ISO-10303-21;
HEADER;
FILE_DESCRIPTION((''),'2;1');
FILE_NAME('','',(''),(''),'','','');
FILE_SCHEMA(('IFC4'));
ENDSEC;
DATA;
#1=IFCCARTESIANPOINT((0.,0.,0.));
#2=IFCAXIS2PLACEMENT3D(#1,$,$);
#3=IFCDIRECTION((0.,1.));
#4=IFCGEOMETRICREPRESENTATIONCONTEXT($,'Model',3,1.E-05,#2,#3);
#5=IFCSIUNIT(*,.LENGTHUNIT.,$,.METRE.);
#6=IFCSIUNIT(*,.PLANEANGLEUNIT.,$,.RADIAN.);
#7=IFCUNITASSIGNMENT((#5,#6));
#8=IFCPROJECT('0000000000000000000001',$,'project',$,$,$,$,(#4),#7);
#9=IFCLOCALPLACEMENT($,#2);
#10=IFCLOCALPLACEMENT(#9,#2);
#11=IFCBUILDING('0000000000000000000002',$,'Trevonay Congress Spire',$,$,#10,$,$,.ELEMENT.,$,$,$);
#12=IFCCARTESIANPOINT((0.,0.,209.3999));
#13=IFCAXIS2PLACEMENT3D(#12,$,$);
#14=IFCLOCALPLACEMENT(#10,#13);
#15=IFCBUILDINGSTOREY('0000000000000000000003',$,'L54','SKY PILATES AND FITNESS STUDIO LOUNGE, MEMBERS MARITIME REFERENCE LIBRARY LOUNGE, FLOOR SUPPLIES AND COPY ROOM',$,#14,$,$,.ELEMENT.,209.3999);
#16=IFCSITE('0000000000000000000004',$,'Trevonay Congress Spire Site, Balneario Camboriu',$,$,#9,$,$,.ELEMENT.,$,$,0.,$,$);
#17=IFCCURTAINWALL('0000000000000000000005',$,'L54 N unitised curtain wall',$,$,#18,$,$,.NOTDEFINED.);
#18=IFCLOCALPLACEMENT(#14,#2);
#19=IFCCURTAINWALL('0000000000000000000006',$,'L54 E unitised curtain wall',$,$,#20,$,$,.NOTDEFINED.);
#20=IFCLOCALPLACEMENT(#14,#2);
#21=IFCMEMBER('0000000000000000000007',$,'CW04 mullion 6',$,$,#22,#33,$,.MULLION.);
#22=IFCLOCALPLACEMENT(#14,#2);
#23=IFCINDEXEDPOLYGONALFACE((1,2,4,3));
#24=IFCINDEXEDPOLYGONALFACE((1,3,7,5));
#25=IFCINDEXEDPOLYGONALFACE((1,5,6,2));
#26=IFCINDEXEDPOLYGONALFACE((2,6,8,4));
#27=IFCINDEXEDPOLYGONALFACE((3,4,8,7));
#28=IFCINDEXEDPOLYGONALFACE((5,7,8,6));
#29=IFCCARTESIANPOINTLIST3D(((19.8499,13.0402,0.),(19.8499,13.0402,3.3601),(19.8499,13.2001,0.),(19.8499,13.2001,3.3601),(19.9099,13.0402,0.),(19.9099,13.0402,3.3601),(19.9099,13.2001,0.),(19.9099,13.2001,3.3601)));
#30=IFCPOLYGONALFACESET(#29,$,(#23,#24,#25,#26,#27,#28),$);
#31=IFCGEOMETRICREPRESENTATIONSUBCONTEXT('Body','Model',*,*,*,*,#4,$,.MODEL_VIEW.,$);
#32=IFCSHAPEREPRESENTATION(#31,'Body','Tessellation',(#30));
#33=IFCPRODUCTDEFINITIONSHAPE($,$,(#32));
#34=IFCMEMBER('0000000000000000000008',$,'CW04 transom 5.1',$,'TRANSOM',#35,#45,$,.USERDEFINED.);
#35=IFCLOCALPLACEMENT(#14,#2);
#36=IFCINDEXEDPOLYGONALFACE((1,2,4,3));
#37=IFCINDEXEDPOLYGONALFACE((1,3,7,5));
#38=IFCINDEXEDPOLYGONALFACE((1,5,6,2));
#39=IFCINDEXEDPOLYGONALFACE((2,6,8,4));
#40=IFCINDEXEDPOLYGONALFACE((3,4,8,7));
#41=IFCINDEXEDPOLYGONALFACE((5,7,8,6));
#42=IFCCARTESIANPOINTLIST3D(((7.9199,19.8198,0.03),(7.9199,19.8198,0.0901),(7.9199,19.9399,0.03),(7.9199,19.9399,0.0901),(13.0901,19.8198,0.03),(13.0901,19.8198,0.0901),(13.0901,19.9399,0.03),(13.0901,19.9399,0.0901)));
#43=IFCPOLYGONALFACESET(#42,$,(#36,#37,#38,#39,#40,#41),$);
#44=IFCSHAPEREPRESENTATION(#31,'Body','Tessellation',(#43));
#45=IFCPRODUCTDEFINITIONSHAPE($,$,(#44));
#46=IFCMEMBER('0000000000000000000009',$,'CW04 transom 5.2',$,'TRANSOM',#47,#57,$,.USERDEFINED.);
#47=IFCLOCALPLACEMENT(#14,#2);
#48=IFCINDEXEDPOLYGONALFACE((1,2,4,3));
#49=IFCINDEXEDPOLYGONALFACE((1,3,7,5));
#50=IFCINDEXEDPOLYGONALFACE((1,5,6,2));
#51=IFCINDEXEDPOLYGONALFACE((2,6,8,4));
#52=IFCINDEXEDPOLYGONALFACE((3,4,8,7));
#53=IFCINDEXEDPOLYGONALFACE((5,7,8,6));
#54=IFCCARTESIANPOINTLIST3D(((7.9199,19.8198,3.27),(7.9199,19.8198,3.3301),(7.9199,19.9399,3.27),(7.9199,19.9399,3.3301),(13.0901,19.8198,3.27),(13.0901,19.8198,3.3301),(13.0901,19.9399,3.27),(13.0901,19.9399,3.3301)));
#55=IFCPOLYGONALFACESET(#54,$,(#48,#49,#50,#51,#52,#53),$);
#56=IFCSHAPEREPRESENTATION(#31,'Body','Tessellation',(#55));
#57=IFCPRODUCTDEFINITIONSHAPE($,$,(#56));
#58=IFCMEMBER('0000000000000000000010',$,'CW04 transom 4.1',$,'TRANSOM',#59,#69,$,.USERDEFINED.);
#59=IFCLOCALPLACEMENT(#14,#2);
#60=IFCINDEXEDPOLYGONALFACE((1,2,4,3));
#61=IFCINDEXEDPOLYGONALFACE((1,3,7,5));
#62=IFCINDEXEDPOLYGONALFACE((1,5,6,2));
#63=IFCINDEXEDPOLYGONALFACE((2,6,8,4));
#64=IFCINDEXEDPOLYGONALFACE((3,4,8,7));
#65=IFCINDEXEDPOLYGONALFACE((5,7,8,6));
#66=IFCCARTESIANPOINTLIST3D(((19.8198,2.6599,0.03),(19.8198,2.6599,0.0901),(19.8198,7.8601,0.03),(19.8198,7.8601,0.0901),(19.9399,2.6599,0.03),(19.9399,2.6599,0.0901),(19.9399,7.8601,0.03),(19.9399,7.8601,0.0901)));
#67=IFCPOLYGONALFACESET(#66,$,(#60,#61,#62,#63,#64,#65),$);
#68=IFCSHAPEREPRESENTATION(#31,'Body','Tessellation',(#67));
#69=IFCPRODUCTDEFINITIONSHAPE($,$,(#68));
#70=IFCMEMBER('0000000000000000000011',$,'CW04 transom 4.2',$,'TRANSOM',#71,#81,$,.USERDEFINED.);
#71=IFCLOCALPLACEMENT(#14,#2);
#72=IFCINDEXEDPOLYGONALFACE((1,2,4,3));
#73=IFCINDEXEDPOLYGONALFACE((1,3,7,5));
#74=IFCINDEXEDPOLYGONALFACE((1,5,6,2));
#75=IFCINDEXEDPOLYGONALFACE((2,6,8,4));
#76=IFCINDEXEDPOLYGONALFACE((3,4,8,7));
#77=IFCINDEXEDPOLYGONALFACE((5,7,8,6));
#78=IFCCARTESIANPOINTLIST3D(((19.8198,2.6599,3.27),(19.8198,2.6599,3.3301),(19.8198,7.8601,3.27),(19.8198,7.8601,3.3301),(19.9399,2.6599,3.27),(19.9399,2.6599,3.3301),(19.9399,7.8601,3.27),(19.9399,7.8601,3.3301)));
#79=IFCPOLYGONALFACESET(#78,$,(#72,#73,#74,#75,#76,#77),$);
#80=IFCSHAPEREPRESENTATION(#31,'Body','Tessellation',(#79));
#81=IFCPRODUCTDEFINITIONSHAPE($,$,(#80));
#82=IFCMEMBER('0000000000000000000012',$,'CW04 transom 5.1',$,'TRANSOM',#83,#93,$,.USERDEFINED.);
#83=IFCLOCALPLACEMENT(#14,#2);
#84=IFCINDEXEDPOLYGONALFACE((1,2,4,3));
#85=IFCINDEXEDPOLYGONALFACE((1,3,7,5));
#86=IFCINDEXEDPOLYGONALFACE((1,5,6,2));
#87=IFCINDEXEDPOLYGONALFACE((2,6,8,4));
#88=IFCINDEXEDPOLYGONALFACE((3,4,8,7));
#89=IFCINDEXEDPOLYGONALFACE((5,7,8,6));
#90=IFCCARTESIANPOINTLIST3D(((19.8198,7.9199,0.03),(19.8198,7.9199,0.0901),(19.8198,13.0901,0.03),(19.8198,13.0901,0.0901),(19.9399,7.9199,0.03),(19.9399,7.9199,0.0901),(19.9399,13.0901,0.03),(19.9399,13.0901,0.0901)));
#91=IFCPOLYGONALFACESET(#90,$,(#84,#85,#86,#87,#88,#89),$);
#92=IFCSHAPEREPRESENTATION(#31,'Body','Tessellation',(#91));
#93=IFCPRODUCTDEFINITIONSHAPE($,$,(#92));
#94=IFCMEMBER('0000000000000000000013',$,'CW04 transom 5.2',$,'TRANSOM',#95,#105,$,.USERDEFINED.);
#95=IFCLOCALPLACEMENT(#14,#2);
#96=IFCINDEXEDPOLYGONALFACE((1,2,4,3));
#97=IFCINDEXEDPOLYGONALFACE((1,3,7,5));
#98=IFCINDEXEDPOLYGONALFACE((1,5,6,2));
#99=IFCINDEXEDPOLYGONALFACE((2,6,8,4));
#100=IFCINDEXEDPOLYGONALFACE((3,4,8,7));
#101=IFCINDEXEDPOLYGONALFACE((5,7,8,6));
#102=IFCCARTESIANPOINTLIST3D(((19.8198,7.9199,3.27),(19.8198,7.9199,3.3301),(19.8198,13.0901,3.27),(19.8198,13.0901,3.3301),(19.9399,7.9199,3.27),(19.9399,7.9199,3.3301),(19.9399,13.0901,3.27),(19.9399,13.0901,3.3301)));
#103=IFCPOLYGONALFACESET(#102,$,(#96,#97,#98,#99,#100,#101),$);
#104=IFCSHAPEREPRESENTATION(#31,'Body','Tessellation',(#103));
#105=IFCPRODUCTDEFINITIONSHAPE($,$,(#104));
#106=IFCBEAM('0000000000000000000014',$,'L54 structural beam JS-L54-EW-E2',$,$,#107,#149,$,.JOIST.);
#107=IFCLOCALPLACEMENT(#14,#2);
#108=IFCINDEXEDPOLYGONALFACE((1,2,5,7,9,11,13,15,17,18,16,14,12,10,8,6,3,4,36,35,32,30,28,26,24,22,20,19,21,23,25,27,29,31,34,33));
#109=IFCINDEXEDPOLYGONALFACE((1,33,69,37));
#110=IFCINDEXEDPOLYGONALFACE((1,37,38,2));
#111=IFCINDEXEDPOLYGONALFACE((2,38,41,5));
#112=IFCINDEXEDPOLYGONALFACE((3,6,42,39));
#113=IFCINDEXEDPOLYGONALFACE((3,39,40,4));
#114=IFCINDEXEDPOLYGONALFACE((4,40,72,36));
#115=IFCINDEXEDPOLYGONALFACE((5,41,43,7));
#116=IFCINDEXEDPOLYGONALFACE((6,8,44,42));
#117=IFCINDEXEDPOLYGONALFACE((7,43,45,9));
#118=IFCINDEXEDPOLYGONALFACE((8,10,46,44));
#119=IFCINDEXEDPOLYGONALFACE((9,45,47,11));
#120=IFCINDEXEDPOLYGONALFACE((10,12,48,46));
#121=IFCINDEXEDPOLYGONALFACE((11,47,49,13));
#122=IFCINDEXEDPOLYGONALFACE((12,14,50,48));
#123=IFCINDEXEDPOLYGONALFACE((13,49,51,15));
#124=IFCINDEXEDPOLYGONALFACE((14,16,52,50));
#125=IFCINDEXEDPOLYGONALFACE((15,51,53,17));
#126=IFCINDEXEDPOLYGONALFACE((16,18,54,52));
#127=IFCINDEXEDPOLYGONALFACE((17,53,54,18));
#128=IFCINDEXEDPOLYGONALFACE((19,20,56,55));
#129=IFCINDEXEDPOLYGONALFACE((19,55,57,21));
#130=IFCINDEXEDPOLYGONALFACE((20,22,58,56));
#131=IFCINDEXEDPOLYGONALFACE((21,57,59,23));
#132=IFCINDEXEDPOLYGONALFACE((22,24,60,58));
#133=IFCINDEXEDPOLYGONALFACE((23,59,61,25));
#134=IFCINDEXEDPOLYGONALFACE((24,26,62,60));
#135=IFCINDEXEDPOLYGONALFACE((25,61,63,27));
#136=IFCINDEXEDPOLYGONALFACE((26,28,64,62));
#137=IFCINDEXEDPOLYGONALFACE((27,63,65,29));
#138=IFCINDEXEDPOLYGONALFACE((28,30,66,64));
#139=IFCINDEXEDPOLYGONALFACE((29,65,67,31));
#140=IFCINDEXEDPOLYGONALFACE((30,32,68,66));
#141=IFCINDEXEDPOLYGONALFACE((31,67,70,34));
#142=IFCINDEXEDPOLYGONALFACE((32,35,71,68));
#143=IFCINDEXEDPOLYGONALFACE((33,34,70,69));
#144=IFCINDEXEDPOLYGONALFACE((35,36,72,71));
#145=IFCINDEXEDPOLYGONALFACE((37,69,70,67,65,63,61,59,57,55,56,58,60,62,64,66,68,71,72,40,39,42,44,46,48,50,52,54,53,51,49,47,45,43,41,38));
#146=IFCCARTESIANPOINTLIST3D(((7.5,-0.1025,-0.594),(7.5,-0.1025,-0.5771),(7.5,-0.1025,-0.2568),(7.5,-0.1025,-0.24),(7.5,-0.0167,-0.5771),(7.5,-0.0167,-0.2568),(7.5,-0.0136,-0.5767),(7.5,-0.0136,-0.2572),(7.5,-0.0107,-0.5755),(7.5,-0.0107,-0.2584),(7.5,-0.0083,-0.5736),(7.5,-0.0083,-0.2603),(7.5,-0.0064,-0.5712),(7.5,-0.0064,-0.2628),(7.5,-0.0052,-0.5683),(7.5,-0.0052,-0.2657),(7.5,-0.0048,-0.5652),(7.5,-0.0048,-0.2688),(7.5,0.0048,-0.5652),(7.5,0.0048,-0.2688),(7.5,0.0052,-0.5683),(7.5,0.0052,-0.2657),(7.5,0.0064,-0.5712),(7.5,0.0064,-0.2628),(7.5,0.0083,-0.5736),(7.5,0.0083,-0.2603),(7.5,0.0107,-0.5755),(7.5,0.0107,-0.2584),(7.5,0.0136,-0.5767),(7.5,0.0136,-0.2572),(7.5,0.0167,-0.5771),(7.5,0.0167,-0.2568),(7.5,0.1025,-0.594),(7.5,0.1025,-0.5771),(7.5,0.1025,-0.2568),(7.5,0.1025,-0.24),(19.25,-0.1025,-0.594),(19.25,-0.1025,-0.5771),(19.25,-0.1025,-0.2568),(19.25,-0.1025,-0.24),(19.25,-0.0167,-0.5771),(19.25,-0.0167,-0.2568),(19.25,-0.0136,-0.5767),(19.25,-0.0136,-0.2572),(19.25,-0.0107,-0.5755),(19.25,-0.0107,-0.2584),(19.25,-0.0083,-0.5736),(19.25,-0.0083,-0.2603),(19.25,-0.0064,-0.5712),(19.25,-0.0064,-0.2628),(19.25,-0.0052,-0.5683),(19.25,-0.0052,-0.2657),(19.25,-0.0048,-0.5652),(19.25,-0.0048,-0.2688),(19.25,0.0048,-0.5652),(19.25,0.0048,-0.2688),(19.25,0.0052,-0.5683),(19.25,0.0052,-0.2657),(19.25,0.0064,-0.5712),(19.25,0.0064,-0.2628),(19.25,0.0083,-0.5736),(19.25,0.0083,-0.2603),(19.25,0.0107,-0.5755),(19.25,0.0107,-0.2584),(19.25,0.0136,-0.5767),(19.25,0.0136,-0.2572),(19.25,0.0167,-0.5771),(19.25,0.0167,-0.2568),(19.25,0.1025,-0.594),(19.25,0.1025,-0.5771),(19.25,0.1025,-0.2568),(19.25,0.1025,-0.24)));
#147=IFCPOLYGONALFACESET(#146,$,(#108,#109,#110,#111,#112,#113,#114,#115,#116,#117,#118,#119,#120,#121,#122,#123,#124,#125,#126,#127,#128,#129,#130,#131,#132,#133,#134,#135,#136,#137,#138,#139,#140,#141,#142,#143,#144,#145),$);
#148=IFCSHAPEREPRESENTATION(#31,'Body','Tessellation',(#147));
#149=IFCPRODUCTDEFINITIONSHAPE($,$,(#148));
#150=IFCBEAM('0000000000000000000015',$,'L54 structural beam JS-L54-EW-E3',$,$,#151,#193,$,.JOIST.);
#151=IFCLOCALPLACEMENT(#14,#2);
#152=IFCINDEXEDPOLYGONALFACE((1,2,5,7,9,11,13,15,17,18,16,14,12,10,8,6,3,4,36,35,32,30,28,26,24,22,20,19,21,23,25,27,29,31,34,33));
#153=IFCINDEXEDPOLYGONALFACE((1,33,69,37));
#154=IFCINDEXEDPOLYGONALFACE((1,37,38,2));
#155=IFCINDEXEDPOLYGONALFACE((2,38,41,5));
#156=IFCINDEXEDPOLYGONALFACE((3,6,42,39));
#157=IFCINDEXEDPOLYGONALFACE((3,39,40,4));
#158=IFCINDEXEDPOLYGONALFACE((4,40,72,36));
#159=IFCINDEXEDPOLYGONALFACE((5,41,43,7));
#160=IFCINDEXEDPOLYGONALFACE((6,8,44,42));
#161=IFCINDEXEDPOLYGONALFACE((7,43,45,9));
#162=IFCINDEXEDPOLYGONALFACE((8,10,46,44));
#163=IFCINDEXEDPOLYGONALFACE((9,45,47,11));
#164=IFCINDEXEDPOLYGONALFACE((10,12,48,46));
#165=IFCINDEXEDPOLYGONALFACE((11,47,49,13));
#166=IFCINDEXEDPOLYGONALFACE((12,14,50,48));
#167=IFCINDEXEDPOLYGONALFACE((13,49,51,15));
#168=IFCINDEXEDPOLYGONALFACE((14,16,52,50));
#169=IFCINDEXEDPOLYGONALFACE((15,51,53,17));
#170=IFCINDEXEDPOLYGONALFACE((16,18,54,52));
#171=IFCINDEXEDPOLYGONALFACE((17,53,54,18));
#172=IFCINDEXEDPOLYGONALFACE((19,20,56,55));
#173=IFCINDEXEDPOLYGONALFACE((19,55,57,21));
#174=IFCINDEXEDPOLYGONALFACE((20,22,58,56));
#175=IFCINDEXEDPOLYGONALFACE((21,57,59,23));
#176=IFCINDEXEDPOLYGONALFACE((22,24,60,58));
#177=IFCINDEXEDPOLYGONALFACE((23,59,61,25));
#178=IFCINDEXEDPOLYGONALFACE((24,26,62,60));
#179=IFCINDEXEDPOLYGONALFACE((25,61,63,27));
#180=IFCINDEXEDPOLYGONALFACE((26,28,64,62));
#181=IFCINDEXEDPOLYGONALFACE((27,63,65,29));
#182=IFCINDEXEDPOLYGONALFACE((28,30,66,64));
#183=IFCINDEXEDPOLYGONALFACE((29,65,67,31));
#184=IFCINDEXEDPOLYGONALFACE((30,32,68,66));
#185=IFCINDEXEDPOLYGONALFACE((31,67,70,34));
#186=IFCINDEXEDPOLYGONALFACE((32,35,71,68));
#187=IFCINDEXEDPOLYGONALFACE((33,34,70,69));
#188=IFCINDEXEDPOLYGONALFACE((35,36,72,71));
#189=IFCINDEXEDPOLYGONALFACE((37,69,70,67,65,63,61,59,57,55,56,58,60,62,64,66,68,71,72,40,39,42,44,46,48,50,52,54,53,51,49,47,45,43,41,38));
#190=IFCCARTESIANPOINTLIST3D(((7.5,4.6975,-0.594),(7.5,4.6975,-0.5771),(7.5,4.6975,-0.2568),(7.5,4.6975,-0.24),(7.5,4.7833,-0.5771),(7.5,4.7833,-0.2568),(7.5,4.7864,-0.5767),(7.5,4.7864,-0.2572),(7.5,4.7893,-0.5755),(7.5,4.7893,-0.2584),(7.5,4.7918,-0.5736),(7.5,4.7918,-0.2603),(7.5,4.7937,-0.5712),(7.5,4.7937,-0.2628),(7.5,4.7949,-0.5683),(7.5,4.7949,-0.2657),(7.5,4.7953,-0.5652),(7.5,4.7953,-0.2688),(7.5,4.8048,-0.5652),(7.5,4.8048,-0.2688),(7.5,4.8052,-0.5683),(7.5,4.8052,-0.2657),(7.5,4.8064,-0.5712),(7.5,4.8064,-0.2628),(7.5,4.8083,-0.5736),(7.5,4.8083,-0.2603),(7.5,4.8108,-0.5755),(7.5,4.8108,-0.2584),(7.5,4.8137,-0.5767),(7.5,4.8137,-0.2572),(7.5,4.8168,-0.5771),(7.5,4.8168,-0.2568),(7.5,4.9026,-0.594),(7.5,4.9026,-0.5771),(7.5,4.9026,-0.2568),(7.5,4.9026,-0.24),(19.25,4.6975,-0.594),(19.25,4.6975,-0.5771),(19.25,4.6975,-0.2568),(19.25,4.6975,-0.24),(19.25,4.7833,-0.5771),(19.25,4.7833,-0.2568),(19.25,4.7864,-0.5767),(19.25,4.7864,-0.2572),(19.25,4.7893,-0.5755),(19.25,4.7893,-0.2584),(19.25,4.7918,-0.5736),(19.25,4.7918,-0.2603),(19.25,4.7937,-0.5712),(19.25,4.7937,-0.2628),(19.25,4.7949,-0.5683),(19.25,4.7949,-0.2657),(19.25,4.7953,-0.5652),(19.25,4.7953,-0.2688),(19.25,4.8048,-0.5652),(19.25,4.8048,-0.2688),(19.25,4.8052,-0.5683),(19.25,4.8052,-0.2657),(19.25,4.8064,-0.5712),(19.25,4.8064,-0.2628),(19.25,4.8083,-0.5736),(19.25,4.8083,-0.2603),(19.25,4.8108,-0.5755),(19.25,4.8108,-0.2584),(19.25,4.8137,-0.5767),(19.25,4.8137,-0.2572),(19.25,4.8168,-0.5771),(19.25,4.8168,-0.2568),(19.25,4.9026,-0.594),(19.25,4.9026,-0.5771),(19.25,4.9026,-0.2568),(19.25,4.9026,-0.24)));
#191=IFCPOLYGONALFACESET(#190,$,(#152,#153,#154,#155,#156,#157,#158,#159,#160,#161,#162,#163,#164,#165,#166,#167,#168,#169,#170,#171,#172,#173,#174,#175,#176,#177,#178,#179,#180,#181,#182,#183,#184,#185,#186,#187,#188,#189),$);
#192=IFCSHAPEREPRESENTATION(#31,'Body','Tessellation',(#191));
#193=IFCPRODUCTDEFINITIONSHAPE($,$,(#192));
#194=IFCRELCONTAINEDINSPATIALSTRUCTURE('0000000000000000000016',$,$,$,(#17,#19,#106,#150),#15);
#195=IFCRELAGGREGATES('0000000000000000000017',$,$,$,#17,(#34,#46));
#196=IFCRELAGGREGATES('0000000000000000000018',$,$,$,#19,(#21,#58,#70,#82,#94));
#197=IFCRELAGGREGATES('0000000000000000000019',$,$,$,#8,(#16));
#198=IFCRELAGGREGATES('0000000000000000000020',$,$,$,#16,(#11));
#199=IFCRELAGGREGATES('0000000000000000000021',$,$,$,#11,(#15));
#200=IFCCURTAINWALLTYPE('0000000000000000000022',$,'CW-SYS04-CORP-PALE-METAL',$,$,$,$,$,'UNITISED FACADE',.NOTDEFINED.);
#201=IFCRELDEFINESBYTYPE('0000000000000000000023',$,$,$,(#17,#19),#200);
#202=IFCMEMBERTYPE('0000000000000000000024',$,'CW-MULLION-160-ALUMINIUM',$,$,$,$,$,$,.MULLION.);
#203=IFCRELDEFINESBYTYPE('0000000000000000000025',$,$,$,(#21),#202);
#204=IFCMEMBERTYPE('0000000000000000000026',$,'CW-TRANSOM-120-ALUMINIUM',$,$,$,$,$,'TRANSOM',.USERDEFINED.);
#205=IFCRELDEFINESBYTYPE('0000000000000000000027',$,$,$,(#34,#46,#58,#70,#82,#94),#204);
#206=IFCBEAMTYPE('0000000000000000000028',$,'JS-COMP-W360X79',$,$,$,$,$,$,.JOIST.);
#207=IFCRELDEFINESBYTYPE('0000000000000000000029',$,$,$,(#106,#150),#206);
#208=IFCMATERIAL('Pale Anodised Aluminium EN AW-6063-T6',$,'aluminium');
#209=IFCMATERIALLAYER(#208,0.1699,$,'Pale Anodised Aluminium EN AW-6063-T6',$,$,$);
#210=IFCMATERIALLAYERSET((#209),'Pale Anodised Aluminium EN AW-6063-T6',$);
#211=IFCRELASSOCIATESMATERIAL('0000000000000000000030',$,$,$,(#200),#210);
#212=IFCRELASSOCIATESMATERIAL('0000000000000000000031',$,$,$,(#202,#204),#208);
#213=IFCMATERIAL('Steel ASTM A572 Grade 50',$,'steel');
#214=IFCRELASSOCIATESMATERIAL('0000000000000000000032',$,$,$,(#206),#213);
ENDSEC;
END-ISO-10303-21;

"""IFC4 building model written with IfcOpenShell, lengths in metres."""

from ifc_helpers import new_model, si_unit, direction, frame, origin, origin_2d, place, context, subcontext, project, spatial, rectangle, i_section, extrude, material, layer, layer_set, material_profile, profile_set, type_object, element, aggregate, save


model = new_model("IFC4")

# Units and contexts
model_context = context("Model", 3, precision=1e-05, world=origin(), true_north=direction((0.0, 1.0)))
body_context = subcontext(model_context, "Body", "Model", "MODEL_VIEW")
ifc_project = project(units=[si_unit("LENGTHUNIT", "METRE"), si_unit("PLANEANGLEUNIT", "RADIAN")], contexts=[model_context])

# Site, building, storey
site_placement = place(None, origin())
site = spatial("IfcSite", under=ifc_project, at=site_placement, Name="Trevonay Congress Spire Site, Balneario Camboriu", CompositionType="ELEMENT", RefElevation=0.0)
building_placement = place(site_placement, origin())
building = spatial("IfcBuilding", under=site, at=building_placement, Name="Trevonay Congress Spire", CompositionType="ELEMENT")
storey_placement = place(building_placement, frame((0.0, 0.0, 209.3999)))
storey = spatial("IfcBuildingStorey", under=building, at=storey_placement, Name="L54", Description="SKY PILATES AND FITNESS STUDIO LOUNGE, MEMBERS MARITIME REFERENCE LIBRARY LOUNGE, FLOOR SUPPLIES AND COPY ROOM", CompositionType="ELEMENT", Elevation=209.3999)

# Shared definitions
ifc_material_1 = material(Name="Steel ASTM A572 Grade 50", Category="steel")

# Curtain walls, member
ifc_material_2 = material(Name="Pale Anodised Aluminium EN AW-6063-T6", Category="aluminium")
ifc_layer_1 = layer(ifc_material_2, 0.1699, Name="Pale Anodised Aluminium EN AW-6063-T6")
ifc_layer_set_1 = layer_set([ifc_layer_1], Name="Pale Anodised Aluminium EN AW-6063-T6")
curtain_wall_type = type_object("IfcCurtainWallType", Name="CW-SYS04-CORP-PALE-METAL", ElementType="UNITISED FACADE", PredefinedType="NOTDEFINED", material=ifc_layer_set_1)
curtain_wall_1_placement = place(storey_placement, origin())
curtain_wall_1 = element("IfcCurtainWall", 1, at=curtain_wall_1_placement, inside=storey, type_object=curtain_wall_type, Name="L54 N unitised curtain wall", PredefinedType="NOTDEFINED")
ifc_material_profile_1 = material_profile(ifc_material_2, rectangle(XDim=0.0601, YDim=0.1599, at=origin_2d()), Name="CW-MULLION-160-ALUMINIUM")
ifc_profile_set_1 = profile_set([ifc_material_profile_1], Name="Pale Anodised Aluminium EN AW-6063-T6")
member_type_1 = type_object("IfcMemberType", Name="CW-MULLION-160-ALUMINIUM", PredefinedType="MULLION", material=ifc_profile_set_1)
curtain_wall_2_placement = place(storey_placement, origin())
curtain_wall_2 = element("IfcCurtainWall", 2, at=curtain_wall_2_placement, inside=storey, type_object=curtain_wall_type, Name="L54 E unitised curtain wall", PredefinedType="NOTDEFINED")
member_1_placement = place(storey_placement, frame((19.8799, 13.1201, 0.0), z_axis=(0.0, 0.0, 1.0), x_axis=(-1.0, 0.0, 0.0)))
member_1 = element("IfcMember", 3, at=member_1_placement, type_object=member_type_1, Name="CW04 mullion 6", PredefinedType="MULLION", context=body_context, shape_type="SweptSolid", body=[
    extrude(rectangle(XDim=0.0601, YDim=0.1599, at=origin_2d()), origin(), (0.0, 0.0, 1.0), 3.3601),
])

# Members
ifc_material_profile_2 = material_profile(ifc_material_2, rectangle(XDim=0.1201, YDim=0.0601, at=origin_2d()), Name="CW-TRANSOM-120-ALUMINIUM")
ifc_profile_set_2 = profile_set([ifc_material_profile_2], Name="Pale Anodised Aluminium EN AW-6063-T6")
member_type_2 = type_object("IfcMemberType", Name="CW-TRANSOM-120-ALUMINIUM", ElementType="TRANSOM", PredefinedType="USERDEFINED", material=ifc_profile_set_2)
member_2_placement = place(storey_placement, frame((7.9199, 19.8799, 0.0601), z_axis=(1.0, 0.0, 0.0), x_axis=(0.0, 1.0, 0.0)))
member_2 = element("IfcMember", 4, at=member_2_placement, type_object=member_type_2, Name="CW04 transom 5.1", ObjectType="TRANSOM", PredefinedType="USERDEFINED", context=body_context, shape_type="SweptSolid", body=[
    extrude(rectangle(XDim=0.1201, YDim=0.0601, at=origin_2d()), origin(), (0.0, 0.0, 1.0), 5.1702),
])
member_3_placement = place(storey_placement, frame((7.9199, 19.8799, 3.3), z_axis=(1.0, 0.0, 0.0), x_axis=(0.0, 1.0, 0.0)))
member_3 = element("IfcMember", 5, at=member_3_placement, type_object=member_type_2, Name="CW04 transom 5.2", ObjectType="TRANSOM", PredefinedType="USERDEFINED", context=body_context, shape_type="SweptSolid", body=[
    extrude(rectangle(XDim=0.1201, YDim=0.0601, at=origin_2d()), origin(), (0.0, 0.0, 1.0), 5.1702),
])
member_4_placement = place(storey_placement, frame((19.8799, 2.6599, 0.0601), z_axis=(0.0, 1.0, 0.0), x_axis=(-1.0, 0.0, 0.0)))
member_4 = element("IfcMember", 6, at=member_4_placement, type_object=member_type_2, Name="CW04 transom 4.1", ObjectType="TRANSOM", PredefinedType="USERDEFINED", context=body_context, shape_type="SweptSolid", body=[
    extrude(rectangle(XDim=0.1201, YDim=0.0601, at=origin_2d()), origin(), (0.0, 0.0, 1.0), 5.2002),
])
member_5_placement = place(storey_placement, frame((19.8799, 2.6599, 3.3), z_axis=(0.0, 1.0, 0.0), x_axis=(-1.0, 0.0, 0.0)))
member_5 = element("IfcMember", 7, at=member_5_placement, type_object=member_type_2, Name="CW04 transom 4.2", ObjectType="TRANSOM", PredefinedType="USERDEFINED", context=body_context, shape_type="SweptSolid", body=[
    extrude(rectangle(XDim=0.1201, YDim=0.0601, at=origin_2d()), origin(), (0.0, 0.0, 1.0), 5.2002),
])
member_6_placement = place(storey_placement, frame((19.8799, 7.9199, 0.0601), z_axis=(0.0, 1.0, 0.0), x_axis=(-1.0, 0.0, 0.0)))
member_6 = element("IfcMember", 8, at=member_6_placement, type_object=member_type_2, Name="CW04 transom 5.1", ObjectType="TRANSOM", PredefinedType="USERDEFINED", context=body_context, shape_type="SweptSolid", body=[
    extrude(rectangle(XDim=0.1201, YDim=0.0601, at=origin_2d()), origin(), (0.0, 0.0, 1.0), 5.1702),
])
member_7_placement = place(storey_placement, frame((19.8799, 7.9199, 3.3), z_axis=(0.0, 1.0, 0.0), x_axis=(-1.0, 0.0, 0.0)))
member_7 = element("IfcMember", 9, at=member_7_placement, type_object=member_type_2, Name="CW04 transom 5.2", ObjectType="TRANSOM", PredefinedType="USERDEFINED", context=body_context, shape_type="SweptSolid", body=[
    extrude(rectangle(XDim=0.1201, YDim=0.0601, at=origin_2d()), origin(), (0.0, 0.0, 1.0), 5.1702),
])

# Beams
ifc_material_profile_3 = material_profile(ifc_material_1, i_section(OverallWidth=0.2051, OverallDepth=0.354, WebThickness=0.0095, FlangeThickness=0.0168, FilletRadius=0.012, at=origin_2d()), Name="W360x79")
ifc_profile_set_3 = profile_set([ifc_material_profile_3], Name="Steel ASTM A572 Grade 50")
beam_type_1 = type_object("IfcBeamType", Name="JS-COMP-W360X79", PredefinedType="JOIST", material=ifc_profile_set_3)
for number, where, z_axis, x_axis, name in (
    (10, (7.5, 0.0, -0.417), (1.0, 0.0, 0.0), (0.0, 1.0, 0.0), "L54 structural beam JS-L54-EW-E2"),
    (11, (7.5, 4.8, -0.417), (1.0, 0.0, 0.0), (0.0, 1.0, 0.0), "L54 structural beam JS-L54-EW-E3"),
):
    element("IfcBeam", number, at=place(storey_placement, frame(where, z_axis=z_axis, x_axis=x_axis)), inside=storey, type_object=beam_type_1, Name=name, PredefinedType="JOIST", context=body_context, shape_type="SweptSolid", body=[
        extrude(i_section(OverallWidth=0.2051, OverallDepth=0.354, WebThickness=0.0095, FlangeThickness=0.0168, FilletRadius=0.012, at=origin_2d()), origin(), (0.0, 0.0, 1.0), 11.75),
    ])

aggregate(curtain_wall_1, [member_2, member_3])
aggregate(curtain_wall_2, [member_1, member_4, member_5, member_6, member_7])

save(model, "model.ifc")
